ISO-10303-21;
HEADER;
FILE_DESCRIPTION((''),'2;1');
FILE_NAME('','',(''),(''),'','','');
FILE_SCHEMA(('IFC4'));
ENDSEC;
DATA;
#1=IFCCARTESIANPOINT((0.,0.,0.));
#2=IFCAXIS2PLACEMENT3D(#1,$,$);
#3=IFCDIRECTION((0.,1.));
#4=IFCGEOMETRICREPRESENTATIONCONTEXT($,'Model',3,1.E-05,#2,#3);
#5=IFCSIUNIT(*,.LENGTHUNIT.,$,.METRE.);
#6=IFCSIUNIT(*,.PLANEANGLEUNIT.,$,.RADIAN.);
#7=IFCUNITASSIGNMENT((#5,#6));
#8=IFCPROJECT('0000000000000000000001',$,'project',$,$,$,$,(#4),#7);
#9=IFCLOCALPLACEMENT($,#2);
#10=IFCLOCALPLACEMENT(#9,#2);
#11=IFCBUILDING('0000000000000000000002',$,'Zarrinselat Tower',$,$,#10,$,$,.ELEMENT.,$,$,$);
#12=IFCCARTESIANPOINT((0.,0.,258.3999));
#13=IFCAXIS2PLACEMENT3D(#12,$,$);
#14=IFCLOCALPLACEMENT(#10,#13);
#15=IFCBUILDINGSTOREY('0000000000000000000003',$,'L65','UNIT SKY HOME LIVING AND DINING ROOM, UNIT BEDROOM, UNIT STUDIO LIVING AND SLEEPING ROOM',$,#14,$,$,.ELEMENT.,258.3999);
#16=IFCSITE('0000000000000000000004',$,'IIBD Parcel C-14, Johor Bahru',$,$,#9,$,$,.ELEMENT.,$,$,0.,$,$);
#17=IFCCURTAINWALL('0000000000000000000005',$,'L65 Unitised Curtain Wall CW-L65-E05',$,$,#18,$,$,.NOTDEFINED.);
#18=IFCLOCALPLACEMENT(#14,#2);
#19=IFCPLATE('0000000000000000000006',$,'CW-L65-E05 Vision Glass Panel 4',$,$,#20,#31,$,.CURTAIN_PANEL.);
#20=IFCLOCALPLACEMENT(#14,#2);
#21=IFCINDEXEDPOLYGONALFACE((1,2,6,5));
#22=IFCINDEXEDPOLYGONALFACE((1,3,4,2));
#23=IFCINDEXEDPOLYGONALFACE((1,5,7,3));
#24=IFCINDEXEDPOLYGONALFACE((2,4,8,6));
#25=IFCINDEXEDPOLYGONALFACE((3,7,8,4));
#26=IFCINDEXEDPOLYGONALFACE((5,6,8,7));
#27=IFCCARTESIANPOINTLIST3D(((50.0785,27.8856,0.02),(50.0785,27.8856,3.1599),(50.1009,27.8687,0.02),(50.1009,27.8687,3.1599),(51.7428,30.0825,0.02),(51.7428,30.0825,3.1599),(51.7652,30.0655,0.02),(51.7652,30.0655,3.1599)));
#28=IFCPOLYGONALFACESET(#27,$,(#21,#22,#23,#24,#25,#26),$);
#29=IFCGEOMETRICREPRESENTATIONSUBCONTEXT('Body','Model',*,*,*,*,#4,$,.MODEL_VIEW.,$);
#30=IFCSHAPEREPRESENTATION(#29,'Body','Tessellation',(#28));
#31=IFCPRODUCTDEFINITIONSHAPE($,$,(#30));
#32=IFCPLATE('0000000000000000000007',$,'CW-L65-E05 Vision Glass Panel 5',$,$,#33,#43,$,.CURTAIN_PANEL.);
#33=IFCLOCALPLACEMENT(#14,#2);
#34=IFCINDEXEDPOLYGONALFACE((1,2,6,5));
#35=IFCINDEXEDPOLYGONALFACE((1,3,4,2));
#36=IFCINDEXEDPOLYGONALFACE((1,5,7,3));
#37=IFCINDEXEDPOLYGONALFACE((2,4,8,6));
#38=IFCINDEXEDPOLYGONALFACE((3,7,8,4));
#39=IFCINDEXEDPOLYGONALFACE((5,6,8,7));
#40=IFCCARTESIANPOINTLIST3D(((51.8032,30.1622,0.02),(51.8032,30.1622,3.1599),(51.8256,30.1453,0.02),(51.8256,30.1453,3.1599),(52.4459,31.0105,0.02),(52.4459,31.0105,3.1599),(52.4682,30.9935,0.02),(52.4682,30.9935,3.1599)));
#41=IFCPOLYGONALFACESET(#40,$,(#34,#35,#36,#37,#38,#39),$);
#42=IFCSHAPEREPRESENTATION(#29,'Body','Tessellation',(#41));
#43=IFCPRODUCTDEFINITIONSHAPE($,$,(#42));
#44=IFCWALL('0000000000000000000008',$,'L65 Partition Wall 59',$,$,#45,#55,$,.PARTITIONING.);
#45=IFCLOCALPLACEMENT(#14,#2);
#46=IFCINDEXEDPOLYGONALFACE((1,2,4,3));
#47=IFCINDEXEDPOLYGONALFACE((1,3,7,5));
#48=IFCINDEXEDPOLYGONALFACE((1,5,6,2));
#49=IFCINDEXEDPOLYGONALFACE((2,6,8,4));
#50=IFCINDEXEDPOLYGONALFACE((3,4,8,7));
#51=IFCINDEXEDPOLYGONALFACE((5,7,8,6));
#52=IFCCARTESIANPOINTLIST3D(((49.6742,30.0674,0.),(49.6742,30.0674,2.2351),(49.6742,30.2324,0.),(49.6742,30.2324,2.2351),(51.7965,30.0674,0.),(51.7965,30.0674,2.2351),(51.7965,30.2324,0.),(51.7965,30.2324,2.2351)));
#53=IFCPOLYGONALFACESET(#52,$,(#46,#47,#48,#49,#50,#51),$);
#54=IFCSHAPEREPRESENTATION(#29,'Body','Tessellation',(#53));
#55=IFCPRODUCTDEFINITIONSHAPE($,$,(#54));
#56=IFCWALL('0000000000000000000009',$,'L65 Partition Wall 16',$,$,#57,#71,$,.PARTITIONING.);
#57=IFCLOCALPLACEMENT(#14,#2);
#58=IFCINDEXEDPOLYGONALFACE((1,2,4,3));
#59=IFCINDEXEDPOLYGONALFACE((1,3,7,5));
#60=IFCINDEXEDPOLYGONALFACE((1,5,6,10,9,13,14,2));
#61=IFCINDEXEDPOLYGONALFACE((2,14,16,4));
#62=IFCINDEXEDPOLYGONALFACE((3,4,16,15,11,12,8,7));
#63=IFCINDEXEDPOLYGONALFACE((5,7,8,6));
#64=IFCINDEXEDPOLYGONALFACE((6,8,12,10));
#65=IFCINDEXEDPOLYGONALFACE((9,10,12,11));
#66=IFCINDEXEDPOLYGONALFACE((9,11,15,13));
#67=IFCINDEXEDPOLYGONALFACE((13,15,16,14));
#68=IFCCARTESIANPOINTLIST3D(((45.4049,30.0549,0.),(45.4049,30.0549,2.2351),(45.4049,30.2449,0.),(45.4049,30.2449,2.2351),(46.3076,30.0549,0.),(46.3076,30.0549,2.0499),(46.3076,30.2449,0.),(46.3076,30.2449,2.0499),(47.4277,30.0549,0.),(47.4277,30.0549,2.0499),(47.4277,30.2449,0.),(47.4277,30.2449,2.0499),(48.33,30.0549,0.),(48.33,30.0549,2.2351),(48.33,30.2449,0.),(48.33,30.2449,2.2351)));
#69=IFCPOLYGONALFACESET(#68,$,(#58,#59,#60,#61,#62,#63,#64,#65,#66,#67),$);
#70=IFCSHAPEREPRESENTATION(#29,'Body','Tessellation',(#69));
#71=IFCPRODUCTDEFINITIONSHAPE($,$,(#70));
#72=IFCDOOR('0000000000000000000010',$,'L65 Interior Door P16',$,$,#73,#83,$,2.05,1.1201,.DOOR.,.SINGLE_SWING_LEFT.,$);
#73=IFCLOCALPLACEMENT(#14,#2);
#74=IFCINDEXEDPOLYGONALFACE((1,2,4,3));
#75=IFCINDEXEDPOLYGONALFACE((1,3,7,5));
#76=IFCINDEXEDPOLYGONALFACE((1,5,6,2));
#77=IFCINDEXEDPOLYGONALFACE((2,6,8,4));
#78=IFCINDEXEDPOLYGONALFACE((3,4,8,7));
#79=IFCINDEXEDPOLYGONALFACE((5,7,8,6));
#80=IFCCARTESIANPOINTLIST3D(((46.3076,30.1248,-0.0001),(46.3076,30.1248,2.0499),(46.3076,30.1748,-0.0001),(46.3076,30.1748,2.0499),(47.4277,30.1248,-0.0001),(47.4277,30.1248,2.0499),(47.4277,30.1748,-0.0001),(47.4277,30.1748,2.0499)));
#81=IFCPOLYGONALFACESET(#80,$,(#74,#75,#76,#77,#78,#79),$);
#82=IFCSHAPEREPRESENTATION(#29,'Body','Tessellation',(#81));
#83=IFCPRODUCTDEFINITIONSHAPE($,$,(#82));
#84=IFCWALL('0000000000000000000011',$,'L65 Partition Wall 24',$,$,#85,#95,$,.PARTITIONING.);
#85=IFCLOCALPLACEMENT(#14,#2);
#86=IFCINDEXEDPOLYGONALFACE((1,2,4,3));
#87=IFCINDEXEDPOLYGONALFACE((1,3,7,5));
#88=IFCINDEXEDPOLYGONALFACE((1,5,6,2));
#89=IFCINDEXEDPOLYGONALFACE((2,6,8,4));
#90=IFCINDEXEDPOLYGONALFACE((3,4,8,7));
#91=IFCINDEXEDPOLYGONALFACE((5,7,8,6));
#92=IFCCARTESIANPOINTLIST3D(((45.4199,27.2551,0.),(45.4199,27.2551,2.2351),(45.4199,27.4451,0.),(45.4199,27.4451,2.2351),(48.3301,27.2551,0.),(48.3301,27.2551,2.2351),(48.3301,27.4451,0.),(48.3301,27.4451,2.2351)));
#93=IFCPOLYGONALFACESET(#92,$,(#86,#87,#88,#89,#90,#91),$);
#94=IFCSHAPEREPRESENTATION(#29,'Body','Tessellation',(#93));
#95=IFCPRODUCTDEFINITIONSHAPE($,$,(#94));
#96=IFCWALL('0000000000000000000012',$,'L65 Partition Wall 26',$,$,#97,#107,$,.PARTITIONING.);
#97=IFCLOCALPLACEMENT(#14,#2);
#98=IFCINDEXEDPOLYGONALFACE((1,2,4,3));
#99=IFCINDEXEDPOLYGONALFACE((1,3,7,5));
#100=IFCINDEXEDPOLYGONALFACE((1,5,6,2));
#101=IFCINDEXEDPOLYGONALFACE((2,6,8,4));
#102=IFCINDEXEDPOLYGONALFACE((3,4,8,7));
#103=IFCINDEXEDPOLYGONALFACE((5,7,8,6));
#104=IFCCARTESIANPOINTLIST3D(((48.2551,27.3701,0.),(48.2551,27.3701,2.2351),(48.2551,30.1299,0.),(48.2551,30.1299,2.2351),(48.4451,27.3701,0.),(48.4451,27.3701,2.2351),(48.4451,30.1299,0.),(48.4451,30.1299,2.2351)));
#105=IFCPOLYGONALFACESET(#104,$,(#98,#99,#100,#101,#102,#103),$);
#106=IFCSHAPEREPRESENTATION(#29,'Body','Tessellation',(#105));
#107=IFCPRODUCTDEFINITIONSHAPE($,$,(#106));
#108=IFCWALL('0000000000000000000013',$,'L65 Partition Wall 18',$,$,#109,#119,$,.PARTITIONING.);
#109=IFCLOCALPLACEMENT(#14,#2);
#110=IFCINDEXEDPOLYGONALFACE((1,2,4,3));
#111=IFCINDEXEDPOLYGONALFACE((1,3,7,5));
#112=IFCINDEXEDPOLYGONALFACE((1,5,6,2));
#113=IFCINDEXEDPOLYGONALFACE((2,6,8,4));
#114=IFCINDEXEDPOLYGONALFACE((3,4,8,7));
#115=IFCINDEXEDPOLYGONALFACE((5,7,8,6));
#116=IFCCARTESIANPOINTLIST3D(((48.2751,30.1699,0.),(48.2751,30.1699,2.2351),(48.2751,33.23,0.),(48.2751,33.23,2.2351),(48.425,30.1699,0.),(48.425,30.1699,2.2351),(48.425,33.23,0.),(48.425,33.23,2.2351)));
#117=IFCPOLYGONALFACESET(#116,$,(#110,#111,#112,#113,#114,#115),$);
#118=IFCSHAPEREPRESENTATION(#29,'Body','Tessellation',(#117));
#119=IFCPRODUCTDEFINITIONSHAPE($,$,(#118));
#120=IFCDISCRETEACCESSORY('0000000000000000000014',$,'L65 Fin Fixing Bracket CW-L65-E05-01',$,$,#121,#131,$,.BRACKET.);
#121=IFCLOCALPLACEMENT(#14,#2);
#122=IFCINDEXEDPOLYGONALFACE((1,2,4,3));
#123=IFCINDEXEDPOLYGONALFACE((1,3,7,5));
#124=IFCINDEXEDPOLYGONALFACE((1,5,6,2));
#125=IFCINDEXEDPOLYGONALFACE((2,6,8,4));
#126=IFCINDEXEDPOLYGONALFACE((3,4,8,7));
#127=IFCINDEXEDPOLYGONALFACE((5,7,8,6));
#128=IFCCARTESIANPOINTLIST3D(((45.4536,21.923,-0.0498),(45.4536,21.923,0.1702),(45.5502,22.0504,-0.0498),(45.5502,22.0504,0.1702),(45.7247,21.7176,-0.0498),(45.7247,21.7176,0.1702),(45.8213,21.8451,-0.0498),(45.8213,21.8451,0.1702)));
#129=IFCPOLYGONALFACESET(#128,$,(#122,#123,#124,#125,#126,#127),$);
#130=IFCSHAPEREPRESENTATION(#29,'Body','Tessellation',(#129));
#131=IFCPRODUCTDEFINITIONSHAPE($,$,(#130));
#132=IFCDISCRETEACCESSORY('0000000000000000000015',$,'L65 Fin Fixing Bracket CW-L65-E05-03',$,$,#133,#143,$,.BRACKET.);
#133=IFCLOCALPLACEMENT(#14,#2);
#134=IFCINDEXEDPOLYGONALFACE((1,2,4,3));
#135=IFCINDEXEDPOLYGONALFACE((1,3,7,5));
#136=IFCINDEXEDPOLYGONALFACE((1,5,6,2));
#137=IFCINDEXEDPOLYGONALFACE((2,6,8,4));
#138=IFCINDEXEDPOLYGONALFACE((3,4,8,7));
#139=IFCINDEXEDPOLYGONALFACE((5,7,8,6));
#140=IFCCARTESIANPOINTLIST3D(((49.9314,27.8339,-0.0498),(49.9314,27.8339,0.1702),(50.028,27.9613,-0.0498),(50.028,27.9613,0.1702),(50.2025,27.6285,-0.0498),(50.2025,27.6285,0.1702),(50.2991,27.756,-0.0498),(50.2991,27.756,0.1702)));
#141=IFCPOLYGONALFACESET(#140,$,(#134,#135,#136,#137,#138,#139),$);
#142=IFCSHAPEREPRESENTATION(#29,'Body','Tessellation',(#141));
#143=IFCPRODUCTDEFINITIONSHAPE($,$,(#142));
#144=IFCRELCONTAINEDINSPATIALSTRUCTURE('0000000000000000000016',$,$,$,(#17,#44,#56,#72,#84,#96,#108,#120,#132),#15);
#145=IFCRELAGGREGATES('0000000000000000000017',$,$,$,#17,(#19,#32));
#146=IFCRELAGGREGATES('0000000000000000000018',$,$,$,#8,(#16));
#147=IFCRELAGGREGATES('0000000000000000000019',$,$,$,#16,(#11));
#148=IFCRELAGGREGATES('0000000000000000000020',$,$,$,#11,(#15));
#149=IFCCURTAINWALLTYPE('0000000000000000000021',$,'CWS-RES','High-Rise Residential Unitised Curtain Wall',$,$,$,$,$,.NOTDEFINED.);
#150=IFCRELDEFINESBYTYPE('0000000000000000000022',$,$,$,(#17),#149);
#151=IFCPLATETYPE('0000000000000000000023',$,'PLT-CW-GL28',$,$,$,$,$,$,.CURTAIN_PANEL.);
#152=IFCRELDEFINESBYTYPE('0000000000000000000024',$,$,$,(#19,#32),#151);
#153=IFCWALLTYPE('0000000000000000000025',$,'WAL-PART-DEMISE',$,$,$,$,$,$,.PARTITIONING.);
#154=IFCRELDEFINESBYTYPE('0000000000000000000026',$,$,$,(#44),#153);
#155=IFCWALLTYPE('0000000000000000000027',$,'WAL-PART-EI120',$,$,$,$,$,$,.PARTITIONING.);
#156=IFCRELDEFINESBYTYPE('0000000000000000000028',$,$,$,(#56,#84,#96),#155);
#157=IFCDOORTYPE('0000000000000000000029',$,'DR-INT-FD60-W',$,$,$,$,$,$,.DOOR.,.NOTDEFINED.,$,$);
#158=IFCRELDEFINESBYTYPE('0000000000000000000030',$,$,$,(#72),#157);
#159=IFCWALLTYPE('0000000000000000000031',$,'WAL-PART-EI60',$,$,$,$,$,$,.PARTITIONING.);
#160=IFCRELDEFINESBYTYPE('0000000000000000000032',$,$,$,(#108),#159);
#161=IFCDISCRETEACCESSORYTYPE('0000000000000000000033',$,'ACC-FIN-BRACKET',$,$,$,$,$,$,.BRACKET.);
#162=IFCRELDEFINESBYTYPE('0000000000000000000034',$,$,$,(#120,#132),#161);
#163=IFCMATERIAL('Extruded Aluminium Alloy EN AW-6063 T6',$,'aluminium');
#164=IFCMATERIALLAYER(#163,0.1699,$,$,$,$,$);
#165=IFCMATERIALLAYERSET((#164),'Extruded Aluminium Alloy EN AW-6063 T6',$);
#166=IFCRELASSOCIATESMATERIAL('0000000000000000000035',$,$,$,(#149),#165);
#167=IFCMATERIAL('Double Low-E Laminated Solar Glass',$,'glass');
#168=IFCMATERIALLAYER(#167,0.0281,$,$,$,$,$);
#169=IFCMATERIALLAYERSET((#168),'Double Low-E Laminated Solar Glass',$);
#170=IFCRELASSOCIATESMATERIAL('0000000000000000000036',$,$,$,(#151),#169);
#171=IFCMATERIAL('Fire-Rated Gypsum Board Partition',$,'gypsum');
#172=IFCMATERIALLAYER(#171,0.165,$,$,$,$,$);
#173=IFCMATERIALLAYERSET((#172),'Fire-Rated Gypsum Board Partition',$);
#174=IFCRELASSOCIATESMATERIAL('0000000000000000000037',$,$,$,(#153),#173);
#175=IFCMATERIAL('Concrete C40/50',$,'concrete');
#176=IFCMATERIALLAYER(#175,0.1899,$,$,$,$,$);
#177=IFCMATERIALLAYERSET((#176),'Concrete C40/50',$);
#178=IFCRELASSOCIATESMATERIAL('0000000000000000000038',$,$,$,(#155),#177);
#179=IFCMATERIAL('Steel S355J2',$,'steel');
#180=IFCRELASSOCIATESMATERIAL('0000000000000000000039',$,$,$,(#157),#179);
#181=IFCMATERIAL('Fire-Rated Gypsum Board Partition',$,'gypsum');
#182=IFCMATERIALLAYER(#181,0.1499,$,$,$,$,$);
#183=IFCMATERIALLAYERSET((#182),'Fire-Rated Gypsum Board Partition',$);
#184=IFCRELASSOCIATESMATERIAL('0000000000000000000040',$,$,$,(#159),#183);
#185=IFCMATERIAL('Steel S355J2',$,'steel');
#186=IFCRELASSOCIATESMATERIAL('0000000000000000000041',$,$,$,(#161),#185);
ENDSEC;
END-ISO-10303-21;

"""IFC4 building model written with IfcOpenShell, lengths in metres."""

from ifc_helpers import new_model, si_unit, direction, frame, frame_2d, origin, origin_2d, place, context, subcontext, project, spatial, rectangle, extrude, material, layer, layer_set, type_object, element, fill, aggregate, save


model = new_model("IFC4")

# Units and contexts
model_context = context("Model", 3, precision=1e-05, world=origin(), true_north=direction((0.0, 1.0)))
body_context = subcontext(model_context, "Body", "Model", "MODEL_VIEW")
ifc_project = project(units=[si_unit("LENGTHUNIT", "METRE"), si_unit("PLANEANGLEUNIT", "RADIAN")], contexts=[model_context])

# Site, building, storey
site_placement = place(None, origin())
site = spatial("IfcSite", under=ifc_project, at=site_placement, Name="IIBD Parcel C-14, Johor Bahru", CompositionType="ELEMENT", RefElevation=0.0)
building_placement = place(site_placement, origin())
building = spatial("IfcBuilding", under=site, at=building_placement, Name="Zarrinselat Tower", CompositionType="ELEMENT")
storey_placement = place(building_placement, frame((0.0, 0.0, 258.3999)))
storey = spatial("IfcBuildingStorey", under=building, at=storey_placement, Name="L65", Description="UNIT SKY HOME LIVING AND DINING ROOM, UNIT BEDROOM, UNIT STUDIO LIVING AND SLEEPING ROOM", CompositionType="ELEMENT", Elevation=258.3999)

# Curtain wall, plates
ifc_material_1 = material(Name="Extruded Aluminium Alloy EN AW-6063 T6", Category="aluminium")
ifc_layer_1 = layer(ifc_material_1, 0.1699)
ifc_layer_set_1 = layer_set([ifc_layer_1], Name="Extruded Aluminium Alloy EN AW-6063 T6")
curtain_wall_type = type_object("IfcCurtainWallType", Name="CWS-RES", Description="High-Rise Residential Unitised Curtain Wall", PredefinedType="NOTDEFINED", material=ifc_layer_set_1)
curtain_wall_placement = place(storey_placement, origin())
curtain_wall = element("IfcCurtainWall", 1, at=curtain_wall_placement, inside=storey, type_object=curtain_wall_type, Name="L65 Unitised Curtain Wall CW-L65-E05", PredefinedType="NOTDEFINED")
ifc_material_2 = material(Name="Double Low-E Laminated Solar Glass", Category="glass")
ifc_layer_2 = layer(ifc_material_2, 0.0281)
ifc_layer_set_2 = layer_set([ifc_layer_2], Name="Double Low-E Laminated Solar Glass")
plate_type = type_object("IfcPlateType", Name="PLT-CW-GL28", PredefinedType="CURTAIN_PANEL", material=ifc_layer_set_2)
plate_1_placement = place(storey_placement, frame((50.9219, 28.9756, 0.02), z_axis=(0.0, 0.0, 1.0), x_axis=(0.60386, 0.797091, 0.0)))
plate_1 = element("IfcPlate", 2, at=plate_1_placement, type_object=plate_type, Name="CW-L65-E05 Vision Glass Panel 4", PredefinedType="CURTAIN_PANEL", context=body_context, shape_type="SweptSolid", body=[
    extrude(rectangle(XDim=2.7561, YDim=0.0281, at=origin_2d()), origin(), (0.0, 0.0, 1.0), 3.1399),
])
plate_2_placement = place(storey_placement, frame((52.1357, 30.5779, 0.02), z_axis=(0.0, 0.0, 1.0), x_axis=(0.60386, 0.797091, 0.0)))
plate_2 = element("IfcPlate", 3, at=plate_2_placement, type_object=plate_type, Name="CW-L65-E05 Vision Glass Panel 5", PredefinedType="CURTAIN_PANEL", context=body_context, shape_type="SweptSolid", body=[
    extrude(rectangle(XDim=1.0642, YDim=0.0281, at=origin_2d()), origin(), (0.0, 0.0, 1.0), 3.1399),
])
aggregate(curtain_wall, [plate_1, plate_2])

# Wall
ifc_material_3 = material(Name="Fire-Rated Gypsum Board Partition", Category="gypsum")
ifc_layer_3 = layer(ifc_material_3, 0.165)
ifc_layer_set_3 = layer_set([ifc_layer_3], Name="Fire-Rated Gypsum Board Partition")
wall_type_1 = type_object("IfcWallType", Name="WAL-PART-DEMISE", PredefinedType="PARTITIONING", material=ifc_layer_set_3)
wall_1_placement = place(storey_placement, frame((49.6743, 30.1499, 0.0), z_axis=(0.0, 0.0, 1.0), x_axis=(1.0, 0.0, 0.0)))
element("IfcWall", 4, at=wall_1_placement, inside=storey, type_object=wall_type_1, Name="L65 Partition Wall 59", PredefinedType="PARTITIONING", context=body_context, shape_type="SweptSolid", body=[
    extrude(rectangle(XDim=2.1223, YDim=0.165, at=frame_2d((1.061, 0.0))), origin(), (0.0, 0.0, 1.0), 2.2351),
])

# Wall, opening, door
ifc_material_4 = material(Name="Concrete C40/50", Category="concrete")
ifc_layer_4 = layer(ifc_material_4, 0.1899)
ifc_layer_set_4 = layer_set([ifc_layer_4], Name="Concrete C40/50")
wall_type_2 = type_object("IfcWallType", Name="WAL-PART-EI120", PredefinedType="PARTITIONING", material=ifc_layer_set_4)
wall_2_placement = place(storey_placement, frame((45.405, 30.1499, 0.0), z_axis=(0.0, 0.0, 1.0), x_axis=(1.0, 0.0, 0.0)))
wall_2 = element("IfcWall", 5, at=wall_2_placement, inside=storey, type_object=wall_type_2, Name="L65 Partition Wall 16", PredefinedType="PARTITIONING", context=body_context, shape_type="SweptSolid", body=[
    extrude(rectangle(XDim=2.925, YDim=0.1899, at=frame_2d((1.4624, 0.0))), origin(), (0.0, 0.0, 1.0), 2.2351),
])
opening_placement = place(wall_2_placement, frame((0.9026, 0.0, 0.0)))
opening = element("IfcOpeningElement", 6, at=opening_placement, cuts=wall_2, PredefinedType="OPENING", context=body_context, shape_type="SweptSolid", body=[
    extrude(rectangle(XDim=1.1201, YDim=2.05, at=frame_2d((0.5601, 1.0249))), frame((0.0, 0.105, 0.0), z_axis=(0.0, -1.0, 0.0), x_axis=(1.0, 0.0, 0.0)), (0.0, 0.0, 1.0), 0.21),
])
ifc_material_5 = material(Name="Steel S355J2", Category="steel")
door_type = type_object("IfcDoorType", Name="DR-INT-FD60-W", OperationType="NOTDEFINED", PredefinedType="DOOR", material=ifc_material_5)
door_placement = place(opening_placement, origin())
door = element("IfcDoor", 7, at=door_placement, inside=storey, type_object=door_type, Name="L65 Interior Door P16", OperationType="SINGLE_SWING_LEFT", OverallHeight=2.05, OverallWidth=1.1201, PredefinedType="DOOR", context=body_context, shape_type="SweptSolid", body=[
    extrude(rectangle(XDim=1.1201, YDim=2.05, at=frame_2d((0.5601, 1.0249))), frame((0.0, 0.0249, 0.0), z_axis=(0.0, -1.0, 0.0), x_axis=(1.0, 0.0, 0.0)), (0.0, 0.0, 1.0), 0.05),
])
fill(opening, door)

# Walls
wall_3_placement = place(storey_placement, frame((45.4199, 27.3501, 0.0), z_axis=(0.0, 0.0, 1.0), x_axis=(1.0, 0.0, 0.0)))
element("IfcWall", 8, at=wall_3_placement, inside=storey, type_object=wall_type_2, Name="L65 Partition Wall 24", PredefinedType="PARTITIONING", context=body_context, shape_type="SweptSolid", body=[
    extrude(rectangle(XDim=2.9102, YDim=0.1899, at=frame_2d((1.4551, 0.0))), origin(), (0.0, 0.0, 1.0), 2.2351),
])
wall_4_placement = place(storey_placement, frame((48.3501, 27.3701, 0.0), z_axis=(0.0, 0.0, 1.0), x_axis=(0.0, 1.0, 0.0)))
element("IfcWall", 9, at=wall_4_placement, inside=storey, type_object=wall_type_2, Name="L65 Partition Wall 26", PredefinedType="PARTITIONING", context=body_context, shape_type="SweptSolid", body=[
    extrude(rectangle(XDim=2.7598, YDim=0.1899, at=frame_2d((1.3799, 0.0))), origin(), (0.0, 0.0, 1.0), 2.2351),
])
ifc_material_6 = material(Name="Fire-Rated Gypsum Board Partition", Category="gypsum")
ifc_layer_5 = layer(ifc_material_6, 0.1499)
ifc_layer_set_5 = layer_set([ifc_layer_5], Name="Fire-Rated Gypsum Board Partition")
wall_type_3 = type_object("IfcWallType", Name="WAL-PART-EI60", PredefinedType="PARTITIONING", material=ifc_layer_set_5)
wall_5_placement = place(storey_placement, frame((48.3501, 30.1699, 0.0), z_axis=(0.0, 0.0, 1.0), x_axis=(0.0, 1.0, 0.0)))
element("IfcWall", 10, at=wall_5_placement, inside=storey, type_object=wall_type_3, Name="L65 Partition Wall 18", PredefinedType="PARTITIONING", context=body_context, shape_type="SweptSolid", body=[
    extrude(rectangle(XDim=3.0601, YDim=0.1499, at=frame_2d((1.53, 0.0))), origin(), (0.0, 0.0, 1.0), 2.2351),
])

# Discrete accessories
ifc_material_7 = material(Name="Steel S355J2", Category="steel")
discrete_accessory_type = type_object("IfcDiscreteAccessoryType", Name="ACC-FIN-BRACKET", PredefinedType="BRACKET", material=ifc_material_7)
for number, where, z_axis, x_axis, name in (
    (11, (45.6375, 21.884, -0.0498), (0.0, 0.0, 1.0), (0.797091, -0.60386, 0.0), "L65 Fin Fixing Bracket CW-L65-E05-01"),
    (12, (50.1152, 27.7949, -0.0498), (0.0, 0.0, 1.0), (0.797091, -0.60386, 0.0), "L65 Fin Fixing Bracket CW-L65-E05-03"),
):
    element("IfcDiscreteAccessory", number, at=place(storey_placement, frame(where, z_axis=z_axis, x_axis=x_axis)), inside=storey, type_object=discrete_accessory_type, Name=name, PredefinedType="BRACKET", context=body_context, shape_type="SweptSolid", body=[
        extrude(rectangle(XDim=0.3401, YDim=0.1599, at=origin_2d()), origin(), (0.0, 0.0, 1.0), 0.22),
    ])

save(model, "model.ifc")
